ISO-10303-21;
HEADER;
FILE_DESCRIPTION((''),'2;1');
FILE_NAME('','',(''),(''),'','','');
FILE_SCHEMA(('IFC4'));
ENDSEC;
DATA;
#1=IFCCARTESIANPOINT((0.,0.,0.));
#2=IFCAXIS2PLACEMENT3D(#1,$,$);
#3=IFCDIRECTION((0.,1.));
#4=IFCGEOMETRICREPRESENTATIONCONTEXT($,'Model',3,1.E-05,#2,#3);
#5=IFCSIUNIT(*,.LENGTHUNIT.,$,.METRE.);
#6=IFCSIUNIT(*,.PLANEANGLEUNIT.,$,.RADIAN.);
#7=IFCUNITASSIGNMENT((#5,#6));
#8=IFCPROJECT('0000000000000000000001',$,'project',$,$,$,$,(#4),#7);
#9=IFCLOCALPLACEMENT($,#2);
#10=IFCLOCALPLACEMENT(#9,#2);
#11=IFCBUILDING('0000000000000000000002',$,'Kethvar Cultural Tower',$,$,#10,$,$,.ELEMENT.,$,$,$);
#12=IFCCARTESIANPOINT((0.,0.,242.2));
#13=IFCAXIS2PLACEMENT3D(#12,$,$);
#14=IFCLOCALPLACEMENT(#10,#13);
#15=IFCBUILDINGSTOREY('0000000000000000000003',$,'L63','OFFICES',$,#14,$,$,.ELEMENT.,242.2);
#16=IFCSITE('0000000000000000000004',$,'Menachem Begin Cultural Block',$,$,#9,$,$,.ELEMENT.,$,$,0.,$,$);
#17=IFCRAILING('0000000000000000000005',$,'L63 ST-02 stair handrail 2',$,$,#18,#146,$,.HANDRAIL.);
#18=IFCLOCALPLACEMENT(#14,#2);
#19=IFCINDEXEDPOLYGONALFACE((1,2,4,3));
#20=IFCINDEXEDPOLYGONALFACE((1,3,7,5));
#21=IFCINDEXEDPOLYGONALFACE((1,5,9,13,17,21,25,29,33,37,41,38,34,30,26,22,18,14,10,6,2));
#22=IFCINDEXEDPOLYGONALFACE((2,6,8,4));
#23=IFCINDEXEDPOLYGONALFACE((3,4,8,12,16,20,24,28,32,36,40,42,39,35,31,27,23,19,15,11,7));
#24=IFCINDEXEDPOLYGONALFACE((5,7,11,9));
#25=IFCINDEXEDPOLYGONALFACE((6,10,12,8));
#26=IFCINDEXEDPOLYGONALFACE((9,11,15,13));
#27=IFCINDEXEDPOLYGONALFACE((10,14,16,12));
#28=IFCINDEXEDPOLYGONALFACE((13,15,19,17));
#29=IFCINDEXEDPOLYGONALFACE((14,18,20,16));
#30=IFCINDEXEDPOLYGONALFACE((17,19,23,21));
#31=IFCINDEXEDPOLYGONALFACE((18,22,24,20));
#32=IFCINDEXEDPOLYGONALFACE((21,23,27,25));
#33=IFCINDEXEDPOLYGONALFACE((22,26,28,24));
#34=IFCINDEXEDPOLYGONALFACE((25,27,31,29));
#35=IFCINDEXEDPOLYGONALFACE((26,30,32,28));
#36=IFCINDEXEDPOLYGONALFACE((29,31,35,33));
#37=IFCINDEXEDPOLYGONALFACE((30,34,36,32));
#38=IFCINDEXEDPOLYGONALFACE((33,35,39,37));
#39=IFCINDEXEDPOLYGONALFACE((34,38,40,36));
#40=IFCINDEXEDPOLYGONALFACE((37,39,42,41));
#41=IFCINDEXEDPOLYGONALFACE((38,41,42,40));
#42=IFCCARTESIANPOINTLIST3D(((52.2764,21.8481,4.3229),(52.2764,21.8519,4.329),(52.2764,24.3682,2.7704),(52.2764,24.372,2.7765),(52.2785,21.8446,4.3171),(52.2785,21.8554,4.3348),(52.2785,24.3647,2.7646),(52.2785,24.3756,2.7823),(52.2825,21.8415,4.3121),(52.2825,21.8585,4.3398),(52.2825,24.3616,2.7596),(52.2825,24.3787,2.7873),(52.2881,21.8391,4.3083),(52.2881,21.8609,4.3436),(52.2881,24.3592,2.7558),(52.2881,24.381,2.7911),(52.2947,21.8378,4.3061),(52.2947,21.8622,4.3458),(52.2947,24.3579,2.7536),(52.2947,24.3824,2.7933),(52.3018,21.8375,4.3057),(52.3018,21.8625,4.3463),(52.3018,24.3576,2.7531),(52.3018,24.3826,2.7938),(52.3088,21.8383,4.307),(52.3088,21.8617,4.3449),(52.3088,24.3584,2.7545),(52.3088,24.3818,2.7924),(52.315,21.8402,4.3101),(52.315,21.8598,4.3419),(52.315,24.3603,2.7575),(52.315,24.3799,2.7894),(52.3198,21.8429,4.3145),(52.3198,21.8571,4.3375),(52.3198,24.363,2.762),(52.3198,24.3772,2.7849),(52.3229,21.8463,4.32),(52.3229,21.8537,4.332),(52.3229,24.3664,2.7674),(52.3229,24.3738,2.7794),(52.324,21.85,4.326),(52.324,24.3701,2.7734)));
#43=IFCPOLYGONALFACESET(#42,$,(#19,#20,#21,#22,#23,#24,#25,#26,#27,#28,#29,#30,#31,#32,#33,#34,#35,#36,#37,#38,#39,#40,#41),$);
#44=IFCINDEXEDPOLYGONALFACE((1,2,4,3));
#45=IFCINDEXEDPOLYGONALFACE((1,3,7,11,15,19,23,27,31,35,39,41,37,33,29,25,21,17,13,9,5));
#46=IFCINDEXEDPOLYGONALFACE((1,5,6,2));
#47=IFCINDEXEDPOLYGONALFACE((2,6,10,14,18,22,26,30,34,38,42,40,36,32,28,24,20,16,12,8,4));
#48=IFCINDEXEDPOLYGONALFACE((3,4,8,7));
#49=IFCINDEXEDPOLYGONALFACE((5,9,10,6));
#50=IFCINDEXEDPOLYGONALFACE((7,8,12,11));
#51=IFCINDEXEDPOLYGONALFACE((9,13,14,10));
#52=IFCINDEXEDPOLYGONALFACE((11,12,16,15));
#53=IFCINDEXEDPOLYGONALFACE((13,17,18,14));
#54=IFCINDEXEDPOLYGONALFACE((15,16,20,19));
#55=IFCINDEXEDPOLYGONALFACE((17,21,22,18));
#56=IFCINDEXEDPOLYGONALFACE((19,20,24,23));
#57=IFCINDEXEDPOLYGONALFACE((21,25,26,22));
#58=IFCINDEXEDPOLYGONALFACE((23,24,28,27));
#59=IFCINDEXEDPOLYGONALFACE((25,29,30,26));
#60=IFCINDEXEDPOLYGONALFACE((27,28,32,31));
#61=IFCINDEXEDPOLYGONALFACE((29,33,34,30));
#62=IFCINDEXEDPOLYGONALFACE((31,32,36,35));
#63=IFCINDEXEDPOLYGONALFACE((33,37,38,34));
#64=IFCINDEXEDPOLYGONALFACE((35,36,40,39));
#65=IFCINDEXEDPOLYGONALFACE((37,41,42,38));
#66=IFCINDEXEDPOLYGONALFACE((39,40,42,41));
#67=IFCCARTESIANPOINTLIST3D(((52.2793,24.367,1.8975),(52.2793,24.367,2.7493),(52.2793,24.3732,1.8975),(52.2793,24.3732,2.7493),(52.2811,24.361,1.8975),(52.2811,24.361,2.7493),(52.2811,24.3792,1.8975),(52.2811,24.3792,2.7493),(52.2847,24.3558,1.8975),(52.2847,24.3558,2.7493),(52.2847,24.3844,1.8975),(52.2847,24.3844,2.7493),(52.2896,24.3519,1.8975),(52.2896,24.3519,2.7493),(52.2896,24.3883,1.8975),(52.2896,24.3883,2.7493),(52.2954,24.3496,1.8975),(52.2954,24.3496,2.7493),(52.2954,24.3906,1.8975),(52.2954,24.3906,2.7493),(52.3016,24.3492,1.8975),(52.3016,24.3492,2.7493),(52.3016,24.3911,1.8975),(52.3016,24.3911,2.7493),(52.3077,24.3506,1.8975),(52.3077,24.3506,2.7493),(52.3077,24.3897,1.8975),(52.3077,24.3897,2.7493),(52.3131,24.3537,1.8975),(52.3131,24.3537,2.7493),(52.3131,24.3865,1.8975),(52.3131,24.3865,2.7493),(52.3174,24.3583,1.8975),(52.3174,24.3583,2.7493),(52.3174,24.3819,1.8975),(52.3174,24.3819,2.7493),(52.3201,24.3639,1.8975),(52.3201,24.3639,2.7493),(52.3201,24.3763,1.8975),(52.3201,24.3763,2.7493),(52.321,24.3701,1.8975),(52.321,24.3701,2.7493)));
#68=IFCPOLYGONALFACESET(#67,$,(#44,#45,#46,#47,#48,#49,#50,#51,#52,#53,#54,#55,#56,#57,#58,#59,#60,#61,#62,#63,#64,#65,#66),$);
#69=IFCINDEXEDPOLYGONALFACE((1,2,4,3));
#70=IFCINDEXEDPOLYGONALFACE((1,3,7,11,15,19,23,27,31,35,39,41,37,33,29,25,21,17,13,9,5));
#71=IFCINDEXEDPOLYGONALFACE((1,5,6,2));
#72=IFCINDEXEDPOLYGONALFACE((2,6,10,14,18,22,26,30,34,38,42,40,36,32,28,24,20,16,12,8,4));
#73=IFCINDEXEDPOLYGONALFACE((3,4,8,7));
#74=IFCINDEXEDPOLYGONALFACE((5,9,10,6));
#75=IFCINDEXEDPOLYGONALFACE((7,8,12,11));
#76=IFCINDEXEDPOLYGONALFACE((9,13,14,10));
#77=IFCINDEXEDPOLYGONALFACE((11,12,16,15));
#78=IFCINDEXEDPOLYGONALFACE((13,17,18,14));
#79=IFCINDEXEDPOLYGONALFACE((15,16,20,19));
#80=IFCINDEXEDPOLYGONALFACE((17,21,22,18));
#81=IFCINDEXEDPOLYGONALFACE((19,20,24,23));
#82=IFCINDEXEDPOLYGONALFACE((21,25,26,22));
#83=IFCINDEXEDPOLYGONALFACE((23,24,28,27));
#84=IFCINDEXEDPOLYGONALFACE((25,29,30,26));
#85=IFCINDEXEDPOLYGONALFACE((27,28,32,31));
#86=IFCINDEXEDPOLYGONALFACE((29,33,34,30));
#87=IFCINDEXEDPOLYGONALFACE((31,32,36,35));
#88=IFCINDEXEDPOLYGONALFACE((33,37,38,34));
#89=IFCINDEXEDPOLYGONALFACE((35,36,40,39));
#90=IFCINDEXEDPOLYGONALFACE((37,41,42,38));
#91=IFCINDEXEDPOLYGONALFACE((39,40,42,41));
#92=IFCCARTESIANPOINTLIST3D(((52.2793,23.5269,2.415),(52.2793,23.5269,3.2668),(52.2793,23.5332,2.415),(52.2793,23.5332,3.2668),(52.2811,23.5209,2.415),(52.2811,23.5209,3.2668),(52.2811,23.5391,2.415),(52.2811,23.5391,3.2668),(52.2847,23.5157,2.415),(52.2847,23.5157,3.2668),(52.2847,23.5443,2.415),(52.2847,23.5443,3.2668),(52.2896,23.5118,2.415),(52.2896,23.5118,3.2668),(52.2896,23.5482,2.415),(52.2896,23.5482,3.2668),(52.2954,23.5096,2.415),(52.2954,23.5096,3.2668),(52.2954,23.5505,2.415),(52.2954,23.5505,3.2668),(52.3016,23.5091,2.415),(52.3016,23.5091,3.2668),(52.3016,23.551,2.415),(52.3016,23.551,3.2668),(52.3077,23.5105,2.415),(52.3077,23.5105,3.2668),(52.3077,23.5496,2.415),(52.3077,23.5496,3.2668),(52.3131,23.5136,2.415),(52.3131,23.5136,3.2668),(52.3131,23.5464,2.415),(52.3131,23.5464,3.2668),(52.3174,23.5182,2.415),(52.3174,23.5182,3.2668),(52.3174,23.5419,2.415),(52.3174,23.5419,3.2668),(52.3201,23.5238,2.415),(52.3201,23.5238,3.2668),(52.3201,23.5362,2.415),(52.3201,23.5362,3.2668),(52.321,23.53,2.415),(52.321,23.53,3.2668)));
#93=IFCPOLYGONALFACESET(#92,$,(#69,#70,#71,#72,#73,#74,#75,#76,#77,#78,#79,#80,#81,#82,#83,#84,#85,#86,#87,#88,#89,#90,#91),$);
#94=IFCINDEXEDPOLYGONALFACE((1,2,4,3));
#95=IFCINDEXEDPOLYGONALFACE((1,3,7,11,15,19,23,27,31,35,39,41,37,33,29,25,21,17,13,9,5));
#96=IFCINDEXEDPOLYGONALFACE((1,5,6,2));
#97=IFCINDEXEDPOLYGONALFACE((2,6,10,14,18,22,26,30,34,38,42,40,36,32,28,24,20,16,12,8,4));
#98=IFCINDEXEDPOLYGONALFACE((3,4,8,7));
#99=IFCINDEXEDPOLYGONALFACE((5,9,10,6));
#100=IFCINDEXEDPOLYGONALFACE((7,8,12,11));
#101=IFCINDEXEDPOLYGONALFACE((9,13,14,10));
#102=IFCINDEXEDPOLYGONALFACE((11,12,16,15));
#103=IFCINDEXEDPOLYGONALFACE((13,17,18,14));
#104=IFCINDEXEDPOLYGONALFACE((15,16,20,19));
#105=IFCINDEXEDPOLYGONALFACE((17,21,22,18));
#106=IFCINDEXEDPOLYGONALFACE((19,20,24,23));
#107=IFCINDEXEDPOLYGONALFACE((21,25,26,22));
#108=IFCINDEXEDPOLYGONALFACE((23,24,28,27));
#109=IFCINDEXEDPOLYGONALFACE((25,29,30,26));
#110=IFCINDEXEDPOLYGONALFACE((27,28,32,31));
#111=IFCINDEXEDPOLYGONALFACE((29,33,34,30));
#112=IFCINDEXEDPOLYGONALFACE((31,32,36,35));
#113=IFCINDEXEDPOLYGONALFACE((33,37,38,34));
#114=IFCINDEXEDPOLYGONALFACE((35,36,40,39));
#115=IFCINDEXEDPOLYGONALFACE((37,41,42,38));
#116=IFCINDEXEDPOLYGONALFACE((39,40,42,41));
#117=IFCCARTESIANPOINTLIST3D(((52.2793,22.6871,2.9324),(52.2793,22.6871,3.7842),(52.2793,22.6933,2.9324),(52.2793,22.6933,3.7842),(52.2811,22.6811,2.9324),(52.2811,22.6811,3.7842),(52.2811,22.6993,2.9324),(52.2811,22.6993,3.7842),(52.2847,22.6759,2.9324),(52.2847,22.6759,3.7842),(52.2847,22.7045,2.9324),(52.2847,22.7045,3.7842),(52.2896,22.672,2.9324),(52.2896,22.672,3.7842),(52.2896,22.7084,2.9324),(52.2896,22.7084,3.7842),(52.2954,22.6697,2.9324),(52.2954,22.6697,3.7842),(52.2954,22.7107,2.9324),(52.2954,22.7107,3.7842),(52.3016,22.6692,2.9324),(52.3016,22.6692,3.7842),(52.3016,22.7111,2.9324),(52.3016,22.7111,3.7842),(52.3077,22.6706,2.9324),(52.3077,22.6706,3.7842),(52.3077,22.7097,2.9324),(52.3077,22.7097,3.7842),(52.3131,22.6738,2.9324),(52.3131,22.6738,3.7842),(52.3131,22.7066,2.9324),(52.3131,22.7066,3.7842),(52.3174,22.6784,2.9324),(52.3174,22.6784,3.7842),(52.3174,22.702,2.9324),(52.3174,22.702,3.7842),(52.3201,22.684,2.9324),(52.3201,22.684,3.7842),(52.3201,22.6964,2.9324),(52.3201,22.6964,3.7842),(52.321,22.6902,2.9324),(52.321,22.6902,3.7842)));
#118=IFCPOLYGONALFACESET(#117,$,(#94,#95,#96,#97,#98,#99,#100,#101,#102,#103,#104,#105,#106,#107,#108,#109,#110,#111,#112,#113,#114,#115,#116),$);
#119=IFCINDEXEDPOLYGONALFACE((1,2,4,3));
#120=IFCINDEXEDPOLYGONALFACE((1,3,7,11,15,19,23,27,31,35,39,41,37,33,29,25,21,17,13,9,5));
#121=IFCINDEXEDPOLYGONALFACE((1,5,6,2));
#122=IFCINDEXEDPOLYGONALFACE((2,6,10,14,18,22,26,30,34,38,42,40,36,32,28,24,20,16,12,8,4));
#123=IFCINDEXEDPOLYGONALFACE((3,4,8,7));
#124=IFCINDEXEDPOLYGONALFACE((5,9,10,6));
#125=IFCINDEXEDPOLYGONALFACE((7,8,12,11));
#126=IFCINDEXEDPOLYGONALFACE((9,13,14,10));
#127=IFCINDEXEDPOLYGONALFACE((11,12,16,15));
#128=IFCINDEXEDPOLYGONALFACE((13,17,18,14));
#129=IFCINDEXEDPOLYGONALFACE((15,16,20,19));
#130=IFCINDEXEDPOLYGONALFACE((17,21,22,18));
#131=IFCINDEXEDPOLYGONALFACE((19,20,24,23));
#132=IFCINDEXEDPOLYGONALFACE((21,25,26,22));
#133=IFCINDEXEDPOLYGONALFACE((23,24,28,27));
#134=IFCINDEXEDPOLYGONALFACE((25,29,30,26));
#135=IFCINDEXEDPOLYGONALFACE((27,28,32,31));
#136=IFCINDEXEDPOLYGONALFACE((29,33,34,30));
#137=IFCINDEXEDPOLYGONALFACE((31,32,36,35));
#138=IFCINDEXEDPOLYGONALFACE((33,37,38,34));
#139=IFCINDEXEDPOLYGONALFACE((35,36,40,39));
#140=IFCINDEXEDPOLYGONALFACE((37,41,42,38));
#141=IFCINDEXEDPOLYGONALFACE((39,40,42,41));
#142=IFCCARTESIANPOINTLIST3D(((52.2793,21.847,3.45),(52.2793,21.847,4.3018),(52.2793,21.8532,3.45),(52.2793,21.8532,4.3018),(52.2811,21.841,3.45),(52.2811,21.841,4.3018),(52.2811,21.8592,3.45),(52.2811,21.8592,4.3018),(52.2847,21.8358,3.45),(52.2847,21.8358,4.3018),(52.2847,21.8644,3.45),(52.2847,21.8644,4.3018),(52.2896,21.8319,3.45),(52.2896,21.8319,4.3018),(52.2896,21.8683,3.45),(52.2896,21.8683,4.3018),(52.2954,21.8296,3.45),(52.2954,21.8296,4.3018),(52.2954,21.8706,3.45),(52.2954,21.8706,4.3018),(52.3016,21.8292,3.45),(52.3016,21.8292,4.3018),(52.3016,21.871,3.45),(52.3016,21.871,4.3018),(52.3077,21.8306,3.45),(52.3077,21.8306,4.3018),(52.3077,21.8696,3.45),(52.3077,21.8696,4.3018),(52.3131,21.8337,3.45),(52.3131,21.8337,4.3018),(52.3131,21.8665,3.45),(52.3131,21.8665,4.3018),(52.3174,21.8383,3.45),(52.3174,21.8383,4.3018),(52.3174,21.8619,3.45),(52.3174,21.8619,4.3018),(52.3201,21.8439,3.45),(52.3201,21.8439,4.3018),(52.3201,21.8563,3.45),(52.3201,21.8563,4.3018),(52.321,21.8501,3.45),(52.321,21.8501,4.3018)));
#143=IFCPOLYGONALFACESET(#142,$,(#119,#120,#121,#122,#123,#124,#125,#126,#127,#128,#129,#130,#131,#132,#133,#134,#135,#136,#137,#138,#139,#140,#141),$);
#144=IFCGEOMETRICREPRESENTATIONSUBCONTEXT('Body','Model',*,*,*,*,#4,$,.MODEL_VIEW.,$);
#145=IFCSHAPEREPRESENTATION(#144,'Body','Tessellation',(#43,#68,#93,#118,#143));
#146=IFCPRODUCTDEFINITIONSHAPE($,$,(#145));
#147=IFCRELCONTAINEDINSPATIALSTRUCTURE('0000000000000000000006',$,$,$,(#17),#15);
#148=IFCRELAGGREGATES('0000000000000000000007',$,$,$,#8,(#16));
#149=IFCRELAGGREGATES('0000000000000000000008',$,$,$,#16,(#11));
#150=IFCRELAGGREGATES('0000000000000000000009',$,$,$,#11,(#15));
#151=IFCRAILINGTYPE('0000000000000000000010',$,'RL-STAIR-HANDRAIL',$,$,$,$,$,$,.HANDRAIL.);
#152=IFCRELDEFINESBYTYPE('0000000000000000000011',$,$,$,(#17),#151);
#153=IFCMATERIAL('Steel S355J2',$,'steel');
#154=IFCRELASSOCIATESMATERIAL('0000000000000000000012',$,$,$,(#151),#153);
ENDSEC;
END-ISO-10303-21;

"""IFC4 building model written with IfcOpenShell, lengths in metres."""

from ifc_helpers import new_model, si_unit, direction, frame, origin, origin_2d, place, context, subcontext, project, spatial, circle, extrude, material, type_object, element, save


model = new_model("IFC4")

# Units and contexts
model_context = context("Model", 3, precision=1e-05, world=origin(), true_north=direction((0.0, 1.0)))
body_context = subcontext(model_context, "Body", "Model", "MODEL_VIEW")
ifc_project = project(units=[si_unit("LENGTHUNIT", "METRE"), si_unit("PLANEANGLEUNIT", "RADIAN")], contexts=[model_context])

# Site, building, storey
site_placement = place(None, origin())
site = spatial("IfcSite", under=ifc_project, at=site_placement, Name="Menachem Begin Cultural Block", CompositionType="ELEMENT", RefElevation=0.0)
building_placement = place(site_placement, origin())
building = spatial("IfcBuilding", under=site, at=building_placement, Name="Kethvar Cultural Tower", CompositionType="ELEMENT")
storey_placement = place(building_placement, frame((0.0, 0.0, 242.2)))
storey = spatial("IfcBuildingStorey", under=building, at=storey_placement, Name="L63", Description="OFFICES", CompositionType="ELEMENT", Elevation=242.2)

# Shared definitions
ifc_material_1 = material(Name="Steel S355J2", Category="steel")

# Railing
railing_type_1 = type_object("IfcRailingType", Name="RL-STAIR-HANDRAIL", PredefinedType="HANDRAIL", material=ifc_material_1)
railing_1_placement = place(storey_placement, frame((52.3, 24.3701, 1.8975)))
element("IfcRailing", 1, at=railing_1_placement, inside=storey, type_object=railing_type_1, Name="L63 ST-02 stair handrail 2", PredefinedType="HANDRAIL", context=body_context, shape_type="SweptSolid", body=[
    extrude(circle(Radius=0.0239, at=origin_2d()), frame((0.0, 0.0, 0.876), z_axis=(0.0, -0.8514, 0.524516), x_axis=(1.0, 0.0, 0.0)), (0.0, 0.0, 1.0), 2.96),
    extrude(circle(Radius=0.021, at=origin_2d()), origin(), (0.0, 0.0, 1.0), 0.8518),
    extrude(circle(Radius=0.021, at=origin_2d()), frame((0.0, -0.8401, 0.5176)), (0.0, 0.0, 1.0), 0.8518),
    extrude(circle(Radius=0.021, at=origin_2d()), frame((0.0, -1.6799, 1.0349)), (0.0, 0.0, 1.0), 0.8518),
    extrude(circle(Radius=0.021, at=origin_2d()), frame((0.0, -2.52, 1.5525)), (0.0, 0.0, 1.0), 0.8518),
])

save(model, "model.ifc")
